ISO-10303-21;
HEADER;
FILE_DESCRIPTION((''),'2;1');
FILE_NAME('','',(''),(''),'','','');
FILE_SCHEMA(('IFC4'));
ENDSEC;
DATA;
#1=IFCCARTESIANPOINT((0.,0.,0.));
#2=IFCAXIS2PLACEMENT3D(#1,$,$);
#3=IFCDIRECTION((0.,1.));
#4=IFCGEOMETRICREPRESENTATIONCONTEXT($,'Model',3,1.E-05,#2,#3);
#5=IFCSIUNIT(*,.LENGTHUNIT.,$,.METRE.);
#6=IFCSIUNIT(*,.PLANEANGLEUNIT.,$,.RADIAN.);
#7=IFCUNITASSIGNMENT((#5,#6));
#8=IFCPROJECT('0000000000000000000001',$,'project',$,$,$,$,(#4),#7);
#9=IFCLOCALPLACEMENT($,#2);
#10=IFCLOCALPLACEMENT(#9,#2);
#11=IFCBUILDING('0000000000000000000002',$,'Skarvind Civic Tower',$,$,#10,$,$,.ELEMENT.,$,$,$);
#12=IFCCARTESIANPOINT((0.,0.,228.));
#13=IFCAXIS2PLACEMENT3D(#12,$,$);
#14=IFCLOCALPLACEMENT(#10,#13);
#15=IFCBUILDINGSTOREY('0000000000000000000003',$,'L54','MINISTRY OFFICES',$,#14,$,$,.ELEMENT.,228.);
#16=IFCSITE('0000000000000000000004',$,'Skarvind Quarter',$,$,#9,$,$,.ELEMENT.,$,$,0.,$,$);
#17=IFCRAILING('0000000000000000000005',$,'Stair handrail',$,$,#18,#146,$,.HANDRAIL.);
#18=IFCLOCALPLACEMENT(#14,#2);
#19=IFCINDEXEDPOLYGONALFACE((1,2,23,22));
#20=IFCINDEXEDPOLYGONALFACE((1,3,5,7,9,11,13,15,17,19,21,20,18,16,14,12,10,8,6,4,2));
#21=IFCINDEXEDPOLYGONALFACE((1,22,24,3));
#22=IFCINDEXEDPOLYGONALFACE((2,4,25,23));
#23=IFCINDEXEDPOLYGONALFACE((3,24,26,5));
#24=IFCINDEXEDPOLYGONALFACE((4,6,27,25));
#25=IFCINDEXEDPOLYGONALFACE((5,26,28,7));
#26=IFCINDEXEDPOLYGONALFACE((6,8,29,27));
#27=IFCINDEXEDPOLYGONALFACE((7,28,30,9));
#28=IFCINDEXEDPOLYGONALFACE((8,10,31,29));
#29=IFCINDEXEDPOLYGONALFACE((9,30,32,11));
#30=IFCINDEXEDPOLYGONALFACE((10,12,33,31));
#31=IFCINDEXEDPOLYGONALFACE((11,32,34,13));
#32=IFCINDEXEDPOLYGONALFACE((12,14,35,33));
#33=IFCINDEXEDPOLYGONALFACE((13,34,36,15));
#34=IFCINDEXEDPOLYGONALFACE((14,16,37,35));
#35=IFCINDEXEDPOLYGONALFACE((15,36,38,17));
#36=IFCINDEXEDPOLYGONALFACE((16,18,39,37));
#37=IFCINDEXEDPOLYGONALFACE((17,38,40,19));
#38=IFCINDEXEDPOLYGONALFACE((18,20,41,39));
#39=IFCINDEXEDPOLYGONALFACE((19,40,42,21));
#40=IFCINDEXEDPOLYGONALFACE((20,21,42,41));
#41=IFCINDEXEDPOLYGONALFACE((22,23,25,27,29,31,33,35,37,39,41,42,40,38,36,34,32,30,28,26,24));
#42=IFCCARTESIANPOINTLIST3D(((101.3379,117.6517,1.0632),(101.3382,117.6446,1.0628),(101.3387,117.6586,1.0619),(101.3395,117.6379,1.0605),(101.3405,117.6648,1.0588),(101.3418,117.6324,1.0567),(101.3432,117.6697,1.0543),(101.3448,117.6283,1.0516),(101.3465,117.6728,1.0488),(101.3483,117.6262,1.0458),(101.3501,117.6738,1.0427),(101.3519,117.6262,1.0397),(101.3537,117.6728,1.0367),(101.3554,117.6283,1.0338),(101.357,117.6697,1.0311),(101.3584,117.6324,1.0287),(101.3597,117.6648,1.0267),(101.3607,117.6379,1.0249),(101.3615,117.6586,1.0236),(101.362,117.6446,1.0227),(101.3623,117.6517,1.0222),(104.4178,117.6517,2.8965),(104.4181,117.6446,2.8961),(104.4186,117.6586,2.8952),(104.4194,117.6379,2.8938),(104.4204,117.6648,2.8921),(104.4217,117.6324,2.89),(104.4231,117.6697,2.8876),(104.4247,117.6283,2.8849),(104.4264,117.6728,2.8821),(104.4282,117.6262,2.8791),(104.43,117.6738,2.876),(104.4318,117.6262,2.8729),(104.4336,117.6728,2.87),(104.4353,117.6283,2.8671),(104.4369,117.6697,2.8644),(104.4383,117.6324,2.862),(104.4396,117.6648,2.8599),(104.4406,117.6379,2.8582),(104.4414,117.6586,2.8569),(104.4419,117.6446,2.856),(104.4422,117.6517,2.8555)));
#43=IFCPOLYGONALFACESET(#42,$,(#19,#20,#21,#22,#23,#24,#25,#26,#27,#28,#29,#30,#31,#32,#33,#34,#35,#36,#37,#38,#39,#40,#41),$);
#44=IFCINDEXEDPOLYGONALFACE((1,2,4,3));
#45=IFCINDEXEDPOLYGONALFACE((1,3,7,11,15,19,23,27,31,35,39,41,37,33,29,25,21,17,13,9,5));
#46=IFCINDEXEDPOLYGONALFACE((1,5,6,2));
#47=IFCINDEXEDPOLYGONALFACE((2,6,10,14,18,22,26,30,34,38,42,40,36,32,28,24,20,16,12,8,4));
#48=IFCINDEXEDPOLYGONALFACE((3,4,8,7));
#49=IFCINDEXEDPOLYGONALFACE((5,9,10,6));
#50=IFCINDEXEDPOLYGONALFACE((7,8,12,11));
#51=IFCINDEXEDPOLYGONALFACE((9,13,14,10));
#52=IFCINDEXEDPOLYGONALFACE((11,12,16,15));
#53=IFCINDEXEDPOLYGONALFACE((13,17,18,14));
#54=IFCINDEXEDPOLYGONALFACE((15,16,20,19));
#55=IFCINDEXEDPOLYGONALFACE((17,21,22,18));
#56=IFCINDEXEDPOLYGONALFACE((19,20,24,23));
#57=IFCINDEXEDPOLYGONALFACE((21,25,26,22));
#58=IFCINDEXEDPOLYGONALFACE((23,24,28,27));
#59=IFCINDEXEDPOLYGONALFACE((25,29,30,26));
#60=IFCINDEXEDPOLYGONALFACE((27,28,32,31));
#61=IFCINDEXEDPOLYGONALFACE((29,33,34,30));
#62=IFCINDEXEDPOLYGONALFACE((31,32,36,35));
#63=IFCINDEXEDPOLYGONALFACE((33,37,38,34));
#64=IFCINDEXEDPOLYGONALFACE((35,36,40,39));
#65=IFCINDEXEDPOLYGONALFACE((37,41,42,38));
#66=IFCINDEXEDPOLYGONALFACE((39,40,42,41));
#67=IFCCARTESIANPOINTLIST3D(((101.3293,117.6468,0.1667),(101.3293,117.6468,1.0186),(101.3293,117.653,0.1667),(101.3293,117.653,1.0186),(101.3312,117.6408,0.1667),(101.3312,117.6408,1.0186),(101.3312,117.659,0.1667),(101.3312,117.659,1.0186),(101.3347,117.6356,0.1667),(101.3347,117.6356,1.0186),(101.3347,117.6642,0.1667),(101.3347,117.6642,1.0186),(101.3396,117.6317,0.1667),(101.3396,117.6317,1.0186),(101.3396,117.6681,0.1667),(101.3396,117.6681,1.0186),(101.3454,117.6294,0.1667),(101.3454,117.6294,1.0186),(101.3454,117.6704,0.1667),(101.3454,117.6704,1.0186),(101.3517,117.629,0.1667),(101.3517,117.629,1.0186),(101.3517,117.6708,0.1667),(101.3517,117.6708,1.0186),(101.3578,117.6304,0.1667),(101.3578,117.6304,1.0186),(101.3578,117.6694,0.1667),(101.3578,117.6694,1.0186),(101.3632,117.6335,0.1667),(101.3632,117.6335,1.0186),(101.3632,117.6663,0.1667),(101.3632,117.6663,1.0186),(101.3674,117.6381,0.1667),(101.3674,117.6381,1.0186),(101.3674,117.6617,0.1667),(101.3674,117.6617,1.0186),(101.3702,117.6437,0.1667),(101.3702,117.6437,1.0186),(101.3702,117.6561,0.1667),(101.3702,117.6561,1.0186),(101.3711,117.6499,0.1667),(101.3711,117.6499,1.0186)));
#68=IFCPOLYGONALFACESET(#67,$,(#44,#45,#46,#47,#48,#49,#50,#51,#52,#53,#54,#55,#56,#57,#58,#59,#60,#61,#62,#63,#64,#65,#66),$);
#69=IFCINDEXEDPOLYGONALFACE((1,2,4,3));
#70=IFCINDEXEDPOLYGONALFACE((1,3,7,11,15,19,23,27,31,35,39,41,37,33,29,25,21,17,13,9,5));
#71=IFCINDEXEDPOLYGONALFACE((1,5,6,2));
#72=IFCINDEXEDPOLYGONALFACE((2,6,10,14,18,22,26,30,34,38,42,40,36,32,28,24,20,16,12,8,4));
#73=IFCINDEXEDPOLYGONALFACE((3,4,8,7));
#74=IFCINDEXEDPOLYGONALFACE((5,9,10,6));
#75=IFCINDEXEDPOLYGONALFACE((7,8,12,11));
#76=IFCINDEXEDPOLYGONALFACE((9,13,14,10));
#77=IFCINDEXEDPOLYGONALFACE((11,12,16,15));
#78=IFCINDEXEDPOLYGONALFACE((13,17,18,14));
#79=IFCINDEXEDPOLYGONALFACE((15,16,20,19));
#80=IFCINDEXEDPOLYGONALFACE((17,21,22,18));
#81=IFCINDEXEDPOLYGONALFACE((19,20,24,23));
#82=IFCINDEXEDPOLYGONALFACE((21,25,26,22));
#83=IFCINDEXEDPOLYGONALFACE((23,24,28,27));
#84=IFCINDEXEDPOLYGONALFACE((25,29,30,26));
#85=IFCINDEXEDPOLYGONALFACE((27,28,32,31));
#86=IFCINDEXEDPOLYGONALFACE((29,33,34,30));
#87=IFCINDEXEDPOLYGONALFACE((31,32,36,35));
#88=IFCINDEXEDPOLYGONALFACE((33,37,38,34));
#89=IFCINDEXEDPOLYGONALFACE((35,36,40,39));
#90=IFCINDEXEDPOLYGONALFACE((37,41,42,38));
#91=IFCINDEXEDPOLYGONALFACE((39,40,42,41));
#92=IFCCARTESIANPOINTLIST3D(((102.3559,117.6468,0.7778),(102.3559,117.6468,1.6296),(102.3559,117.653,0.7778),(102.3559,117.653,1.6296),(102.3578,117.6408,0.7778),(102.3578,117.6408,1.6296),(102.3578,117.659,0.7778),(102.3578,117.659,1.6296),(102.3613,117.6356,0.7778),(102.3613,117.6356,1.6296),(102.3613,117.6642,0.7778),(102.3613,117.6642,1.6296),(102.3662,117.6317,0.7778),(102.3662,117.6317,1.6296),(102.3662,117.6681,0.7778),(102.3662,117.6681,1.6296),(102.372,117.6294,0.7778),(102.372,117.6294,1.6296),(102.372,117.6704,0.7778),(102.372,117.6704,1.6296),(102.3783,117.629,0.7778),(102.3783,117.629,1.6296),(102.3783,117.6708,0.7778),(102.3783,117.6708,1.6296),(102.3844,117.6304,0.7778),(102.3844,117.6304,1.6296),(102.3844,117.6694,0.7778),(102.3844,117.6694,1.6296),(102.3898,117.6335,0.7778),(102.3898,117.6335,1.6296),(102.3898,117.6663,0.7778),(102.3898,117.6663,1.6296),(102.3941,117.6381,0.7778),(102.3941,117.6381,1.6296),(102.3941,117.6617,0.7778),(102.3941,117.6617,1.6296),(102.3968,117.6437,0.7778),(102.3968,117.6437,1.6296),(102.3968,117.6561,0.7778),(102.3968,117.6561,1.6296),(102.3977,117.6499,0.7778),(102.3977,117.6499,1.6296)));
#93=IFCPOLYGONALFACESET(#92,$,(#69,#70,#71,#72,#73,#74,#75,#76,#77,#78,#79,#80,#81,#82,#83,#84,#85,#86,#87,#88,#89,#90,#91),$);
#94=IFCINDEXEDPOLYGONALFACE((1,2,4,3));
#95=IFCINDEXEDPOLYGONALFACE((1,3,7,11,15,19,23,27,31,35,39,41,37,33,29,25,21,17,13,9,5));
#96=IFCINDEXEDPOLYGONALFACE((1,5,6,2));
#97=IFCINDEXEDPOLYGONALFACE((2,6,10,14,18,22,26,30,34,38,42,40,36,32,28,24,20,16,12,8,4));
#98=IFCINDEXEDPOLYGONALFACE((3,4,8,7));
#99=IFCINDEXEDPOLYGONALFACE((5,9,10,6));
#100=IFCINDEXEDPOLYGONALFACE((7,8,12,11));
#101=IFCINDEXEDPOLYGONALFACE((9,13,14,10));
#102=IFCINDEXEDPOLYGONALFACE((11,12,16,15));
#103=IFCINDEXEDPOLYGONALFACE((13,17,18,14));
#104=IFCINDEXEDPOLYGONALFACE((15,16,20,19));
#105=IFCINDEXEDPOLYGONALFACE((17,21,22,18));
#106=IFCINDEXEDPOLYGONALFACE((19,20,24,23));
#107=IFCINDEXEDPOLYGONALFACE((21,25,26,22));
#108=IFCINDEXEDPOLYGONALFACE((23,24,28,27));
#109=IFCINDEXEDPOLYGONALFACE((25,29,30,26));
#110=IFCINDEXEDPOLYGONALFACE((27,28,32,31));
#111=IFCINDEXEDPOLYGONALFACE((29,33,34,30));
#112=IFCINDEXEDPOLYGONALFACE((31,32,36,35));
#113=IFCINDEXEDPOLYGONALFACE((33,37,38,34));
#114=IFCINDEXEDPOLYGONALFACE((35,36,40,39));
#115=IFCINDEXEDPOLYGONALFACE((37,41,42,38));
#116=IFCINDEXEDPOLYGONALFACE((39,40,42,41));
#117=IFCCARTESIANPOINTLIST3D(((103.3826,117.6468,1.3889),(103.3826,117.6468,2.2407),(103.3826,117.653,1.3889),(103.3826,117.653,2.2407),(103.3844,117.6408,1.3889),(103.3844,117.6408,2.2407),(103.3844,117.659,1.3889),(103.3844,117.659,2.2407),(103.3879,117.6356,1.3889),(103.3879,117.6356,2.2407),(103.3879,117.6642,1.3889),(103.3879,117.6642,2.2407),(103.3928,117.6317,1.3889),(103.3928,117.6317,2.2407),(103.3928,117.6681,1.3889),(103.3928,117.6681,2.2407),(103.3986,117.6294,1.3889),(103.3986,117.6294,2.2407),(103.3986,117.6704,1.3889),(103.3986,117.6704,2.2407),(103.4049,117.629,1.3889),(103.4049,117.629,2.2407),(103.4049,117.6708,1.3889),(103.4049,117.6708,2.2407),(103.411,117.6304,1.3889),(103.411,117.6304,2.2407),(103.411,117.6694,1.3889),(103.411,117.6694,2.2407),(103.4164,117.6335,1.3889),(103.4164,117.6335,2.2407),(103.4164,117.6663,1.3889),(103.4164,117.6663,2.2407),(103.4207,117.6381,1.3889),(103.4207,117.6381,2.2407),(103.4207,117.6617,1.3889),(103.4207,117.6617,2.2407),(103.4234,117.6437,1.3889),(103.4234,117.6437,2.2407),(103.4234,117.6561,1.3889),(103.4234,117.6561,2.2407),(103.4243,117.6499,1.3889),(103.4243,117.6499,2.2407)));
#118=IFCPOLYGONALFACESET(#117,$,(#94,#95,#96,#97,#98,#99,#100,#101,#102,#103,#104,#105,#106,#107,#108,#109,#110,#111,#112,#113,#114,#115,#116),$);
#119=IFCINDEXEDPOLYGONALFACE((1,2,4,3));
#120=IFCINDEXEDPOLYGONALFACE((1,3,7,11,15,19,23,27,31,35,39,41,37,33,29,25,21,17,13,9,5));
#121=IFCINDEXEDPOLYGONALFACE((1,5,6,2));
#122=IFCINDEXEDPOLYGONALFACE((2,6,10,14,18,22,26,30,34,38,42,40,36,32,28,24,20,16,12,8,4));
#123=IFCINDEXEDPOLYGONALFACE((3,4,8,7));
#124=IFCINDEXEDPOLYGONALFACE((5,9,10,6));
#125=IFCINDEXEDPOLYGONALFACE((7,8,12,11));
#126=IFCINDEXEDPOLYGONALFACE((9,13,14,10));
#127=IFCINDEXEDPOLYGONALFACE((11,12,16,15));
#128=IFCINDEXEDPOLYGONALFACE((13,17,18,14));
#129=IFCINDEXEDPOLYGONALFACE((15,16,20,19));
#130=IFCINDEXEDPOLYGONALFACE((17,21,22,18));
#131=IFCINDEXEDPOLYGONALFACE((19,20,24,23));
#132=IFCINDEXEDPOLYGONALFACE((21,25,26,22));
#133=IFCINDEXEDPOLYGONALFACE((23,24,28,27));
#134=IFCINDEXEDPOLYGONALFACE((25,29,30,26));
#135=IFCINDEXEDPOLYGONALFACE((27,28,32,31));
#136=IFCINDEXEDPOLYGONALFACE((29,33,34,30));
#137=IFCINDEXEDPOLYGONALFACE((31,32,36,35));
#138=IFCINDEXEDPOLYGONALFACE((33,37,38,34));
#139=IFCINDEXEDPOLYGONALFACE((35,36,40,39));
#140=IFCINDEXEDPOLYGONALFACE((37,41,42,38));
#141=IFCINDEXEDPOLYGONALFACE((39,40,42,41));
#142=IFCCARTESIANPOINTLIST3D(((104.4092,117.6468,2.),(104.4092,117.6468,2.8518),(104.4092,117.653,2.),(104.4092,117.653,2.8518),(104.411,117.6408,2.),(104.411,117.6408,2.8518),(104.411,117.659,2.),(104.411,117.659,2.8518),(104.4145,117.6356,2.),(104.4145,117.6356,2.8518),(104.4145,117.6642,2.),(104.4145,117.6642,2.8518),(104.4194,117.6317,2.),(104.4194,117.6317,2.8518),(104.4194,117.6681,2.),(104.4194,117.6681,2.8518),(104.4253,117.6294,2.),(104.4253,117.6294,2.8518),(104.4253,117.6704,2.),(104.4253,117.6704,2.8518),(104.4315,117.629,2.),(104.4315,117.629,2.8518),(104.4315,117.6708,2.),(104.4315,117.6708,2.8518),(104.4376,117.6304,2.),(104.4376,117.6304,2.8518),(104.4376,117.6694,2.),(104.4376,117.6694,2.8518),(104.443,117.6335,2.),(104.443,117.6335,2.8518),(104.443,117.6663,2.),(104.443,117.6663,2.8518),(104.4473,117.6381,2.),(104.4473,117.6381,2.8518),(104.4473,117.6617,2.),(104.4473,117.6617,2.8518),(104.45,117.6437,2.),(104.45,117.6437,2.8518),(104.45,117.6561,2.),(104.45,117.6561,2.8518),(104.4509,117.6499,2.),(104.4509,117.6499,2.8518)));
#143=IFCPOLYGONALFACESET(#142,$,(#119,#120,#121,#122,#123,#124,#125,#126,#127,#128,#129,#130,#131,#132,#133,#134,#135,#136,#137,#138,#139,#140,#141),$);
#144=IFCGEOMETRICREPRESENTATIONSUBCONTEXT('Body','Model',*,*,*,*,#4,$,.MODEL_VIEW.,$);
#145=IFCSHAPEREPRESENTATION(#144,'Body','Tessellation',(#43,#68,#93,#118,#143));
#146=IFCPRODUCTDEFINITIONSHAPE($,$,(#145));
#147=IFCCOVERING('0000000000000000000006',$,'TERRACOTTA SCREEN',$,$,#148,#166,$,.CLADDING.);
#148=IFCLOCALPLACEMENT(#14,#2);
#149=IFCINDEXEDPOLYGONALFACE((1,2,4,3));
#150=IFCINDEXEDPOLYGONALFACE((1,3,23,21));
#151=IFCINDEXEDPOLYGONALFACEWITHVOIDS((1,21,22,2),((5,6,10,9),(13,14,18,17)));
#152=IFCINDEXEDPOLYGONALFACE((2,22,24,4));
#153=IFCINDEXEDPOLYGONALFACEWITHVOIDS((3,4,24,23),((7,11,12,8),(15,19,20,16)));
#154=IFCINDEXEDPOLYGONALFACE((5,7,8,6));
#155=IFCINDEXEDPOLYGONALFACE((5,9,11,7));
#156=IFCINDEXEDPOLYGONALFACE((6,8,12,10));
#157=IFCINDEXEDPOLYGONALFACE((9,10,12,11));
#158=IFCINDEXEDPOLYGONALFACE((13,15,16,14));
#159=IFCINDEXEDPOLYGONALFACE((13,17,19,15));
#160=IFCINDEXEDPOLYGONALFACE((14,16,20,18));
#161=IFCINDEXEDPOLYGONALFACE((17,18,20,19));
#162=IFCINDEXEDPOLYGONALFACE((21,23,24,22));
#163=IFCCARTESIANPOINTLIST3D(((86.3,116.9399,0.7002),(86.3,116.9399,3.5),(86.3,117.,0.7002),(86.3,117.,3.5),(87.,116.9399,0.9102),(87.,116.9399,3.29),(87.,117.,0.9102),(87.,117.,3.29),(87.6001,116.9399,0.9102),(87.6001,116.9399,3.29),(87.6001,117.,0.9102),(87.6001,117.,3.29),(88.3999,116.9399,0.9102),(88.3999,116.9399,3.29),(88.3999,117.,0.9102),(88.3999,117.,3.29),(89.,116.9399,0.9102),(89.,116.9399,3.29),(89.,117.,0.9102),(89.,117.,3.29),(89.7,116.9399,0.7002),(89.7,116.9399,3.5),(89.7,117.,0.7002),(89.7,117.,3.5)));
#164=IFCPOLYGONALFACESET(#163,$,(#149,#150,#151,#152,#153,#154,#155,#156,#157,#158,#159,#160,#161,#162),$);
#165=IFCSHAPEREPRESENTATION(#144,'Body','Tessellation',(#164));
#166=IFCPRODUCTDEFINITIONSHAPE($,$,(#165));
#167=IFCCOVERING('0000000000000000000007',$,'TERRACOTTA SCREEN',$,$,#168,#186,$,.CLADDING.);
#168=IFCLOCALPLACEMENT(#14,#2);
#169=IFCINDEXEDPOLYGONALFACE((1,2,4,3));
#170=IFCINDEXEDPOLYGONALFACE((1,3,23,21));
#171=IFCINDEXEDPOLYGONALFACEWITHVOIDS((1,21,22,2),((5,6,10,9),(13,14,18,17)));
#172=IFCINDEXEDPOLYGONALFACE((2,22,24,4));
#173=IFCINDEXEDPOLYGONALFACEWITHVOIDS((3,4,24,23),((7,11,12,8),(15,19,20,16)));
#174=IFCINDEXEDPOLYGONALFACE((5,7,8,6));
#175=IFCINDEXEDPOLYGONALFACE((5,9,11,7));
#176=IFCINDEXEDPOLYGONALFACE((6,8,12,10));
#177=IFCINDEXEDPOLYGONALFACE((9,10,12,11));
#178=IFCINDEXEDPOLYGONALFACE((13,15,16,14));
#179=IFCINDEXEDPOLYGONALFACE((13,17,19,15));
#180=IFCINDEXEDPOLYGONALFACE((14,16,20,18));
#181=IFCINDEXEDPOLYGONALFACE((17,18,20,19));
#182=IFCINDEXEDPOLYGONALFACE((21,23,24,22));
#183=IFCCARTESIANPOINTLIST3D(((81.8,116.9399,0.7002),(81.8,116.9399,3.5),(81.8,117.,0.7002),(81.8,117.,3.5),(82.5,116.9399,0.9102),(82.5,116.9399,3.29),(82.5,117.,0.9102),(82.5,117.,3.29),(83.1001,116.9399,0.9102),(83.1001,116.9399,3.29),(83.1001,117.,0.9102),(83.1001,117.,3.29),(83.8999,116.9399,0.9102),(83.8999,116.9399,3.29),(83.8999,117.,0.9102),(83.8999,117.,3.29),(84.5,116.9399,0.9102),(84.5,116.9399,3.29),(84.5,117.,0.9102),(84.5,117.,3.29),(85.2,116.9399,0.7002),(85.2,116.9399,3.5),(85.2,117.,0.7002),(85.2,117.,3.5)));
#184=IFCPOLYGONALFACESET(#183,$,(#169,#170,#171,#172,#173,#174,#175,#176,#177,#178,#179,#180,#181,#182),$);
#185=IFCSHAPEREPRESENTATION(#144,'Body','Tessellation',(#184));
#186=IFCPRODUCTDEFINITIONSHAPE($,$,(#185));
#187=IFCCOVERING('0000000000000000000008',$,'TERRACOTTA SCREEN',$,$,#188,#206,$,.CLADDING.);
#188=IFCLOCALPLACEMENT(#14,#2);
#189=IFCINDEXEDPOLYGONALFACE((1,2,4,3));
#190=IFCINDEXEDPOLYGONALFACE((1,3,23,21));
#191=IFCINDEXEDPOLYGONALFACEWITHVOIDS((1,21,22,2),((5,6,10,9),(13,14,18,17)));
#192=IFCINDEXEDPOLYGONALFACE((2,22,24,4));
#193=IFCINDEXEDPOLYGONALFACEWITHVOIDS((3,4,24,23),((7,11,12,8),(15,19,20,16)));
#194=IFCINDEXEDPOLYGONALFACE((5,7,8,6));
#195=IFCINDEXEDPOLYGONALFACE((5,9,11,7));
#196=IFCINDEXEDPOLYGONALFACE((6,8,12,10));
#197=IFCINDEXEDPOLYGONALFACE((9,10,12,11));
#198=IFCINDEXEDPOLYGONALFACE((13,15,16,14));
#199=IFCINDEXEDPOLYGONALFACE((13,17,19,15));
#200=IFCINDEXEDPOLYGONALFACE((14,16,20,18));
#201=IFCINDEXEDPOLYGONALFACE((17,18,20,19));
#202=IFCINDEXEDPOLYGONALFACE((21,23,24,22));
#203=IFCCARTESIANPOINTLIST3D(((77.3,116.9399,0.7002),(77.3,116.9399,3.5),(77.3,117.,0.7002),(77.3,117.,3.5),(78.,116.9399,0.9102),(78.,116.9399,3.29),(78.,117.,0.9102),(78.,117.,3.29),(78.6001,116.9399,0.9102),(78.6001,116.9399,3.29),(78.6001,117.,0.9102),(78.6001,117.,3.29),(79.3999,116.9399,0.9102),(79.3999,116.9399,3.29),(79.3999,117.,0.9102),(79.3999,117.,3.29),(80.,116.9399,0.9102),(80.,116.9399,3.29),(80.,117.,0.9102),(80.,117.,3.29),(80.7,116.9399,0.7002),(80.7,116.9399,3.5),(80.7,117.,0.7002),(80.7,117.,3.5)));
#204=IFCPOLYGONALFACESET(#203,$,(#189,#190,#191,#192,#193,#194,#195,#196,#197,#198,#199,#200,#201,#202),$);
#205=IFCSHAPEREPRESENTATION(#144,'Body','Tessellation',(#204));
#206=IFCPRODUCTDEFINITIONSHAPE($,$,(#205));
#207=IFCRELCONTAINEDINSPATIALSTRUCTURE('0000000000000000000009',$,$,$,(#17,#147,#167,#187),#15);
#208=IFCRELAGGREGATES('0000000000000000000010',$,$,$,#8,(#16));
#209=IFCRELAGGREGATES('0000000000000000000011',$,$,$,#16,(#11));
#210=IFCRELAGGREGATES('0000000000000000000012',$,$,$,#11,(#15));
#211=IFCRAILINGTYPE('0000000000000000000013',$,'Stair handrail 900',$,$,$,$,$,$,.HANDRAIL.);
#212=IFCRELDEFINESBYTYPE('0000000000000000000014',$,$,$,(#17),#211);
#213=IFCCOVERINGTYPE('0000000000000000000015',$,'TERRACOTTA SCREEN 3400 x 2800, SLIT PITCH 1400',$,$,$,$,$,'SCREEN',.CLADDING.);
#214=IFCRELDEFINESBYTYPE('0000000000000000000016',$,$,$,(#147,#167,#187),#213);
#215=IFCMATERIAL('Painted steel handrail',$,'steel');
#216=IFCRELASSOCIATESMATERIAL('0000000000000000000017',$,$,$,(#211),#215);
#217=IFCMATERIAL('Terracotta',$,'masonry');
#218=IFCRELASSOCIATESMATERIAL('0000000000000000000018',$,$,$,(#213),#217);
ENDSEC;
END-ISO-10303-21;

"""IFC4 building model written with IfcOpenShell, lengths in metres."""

from ifc_helpers import new_model, si_unit, direction, frame, origin, origin_2d, place, context, subcontext, project, spatial, polyline, circle, outline, extrude, material, material_profile, profile_set, type_object, element, save


model = new_model("IFC4")

# Units and contexts
model_context = context("Model", 3, precision=1e-05, world=origin(), true_north=direction((0.0, 1.0)))
body_context = subcontext(model_context, "Body", "Model", "MODEL_VIEW")
ifc_project = project(units=[si_unit("LENGTHUNIT", "METRE"), si_unit("PLANEANGLEUNIT", "RADIAN")], contexts=[model_context])

# Site, building, storey
site_placement = place(None, origin())
site = spatial("IfcSite", under=ifc_project, at=site_placement, Name="Skarvind Quarter", CompositionType="ELEMENT", RefElevation=0.0)
building_placement = place(site_placement, origin())
building = spatial("IfcBuilding", under=site, at=building_placement, Name="Skarvind Civic Tower", CompositionType="ELEMENT")
storey_placement = place(building_placement, frame((0.0, 0.0, 228.0)))
storey = spatial("IfcBuildingStorey", under=building, at=storey_placement, Name="L54", Description="MINISTRY OFFICES", CompositionType="ELEMENT", Elevation=228.0)

# Railing
ifc_material_1 = material(Name="Painted steel handrail", Category="steel")
railing_type_1 = type_object("IfcRailingType", Name="Stair handrail 900", PredefinedType="HANDRAIL", material=ifc_material_1)
railing_1_placement = place(storey_placement, frame((101.3501, 117.6499, 0.1667)))
element("IfcRailing", 1, at=railing_1_placement, inside=storey, type_object=railing_type_1, Name="Stair handrail", PredefinedType="HANDRAIL", context=body_context, shape_type="SweptSolid", body=[
    extrude(circle(Radius=0.0239, at=origin_2d()), frame((0.0, 0.0, 0.876), z_axis=(0.859291, 0.0, 0.511487), x_axis=(0.0, 1.0, 0.0)), (0.0, 0.0, 1.0), 3.5842),
    extrude(circle(Radius=0.021, at=origin_2d()), origin(), (0.0, 0.0, 1.0), 0.8518),
    extrude(circle(Radius=0.021, at=origin_2d()), frame((1.0266, 0.0, 0.6111)), (0.0, 0.0, 1.0), 0.8518),
    extrude(circle(Radius=0.021, at=origin_2d()), frame((2.0532, 0.0, 1.2222)), (0.0, 0.0, 1.0), 0.8518),
    extrude(circle(Radius=0.021, at=origin_2d()), frame((3.0798, 0.0, 1.8333)), (0.0, 0.0, 1.0), 0.8518),
])

# Coverings
ifc_material_2 = material(Name="Terracotta", Category="masonry")
ifc_material_profile_1 = material_profile(ifc_material_2, outline(polyline([(-1.7, -1.3999), (1.7, -1.3999), (1.7, 1.3999), (-1.7, 1.3999), (-1.7, -1.3999)]), holes=[polyline([(-1.0, -1.1899), (-0.3999, -1.1899), (-0.3999, 1.1899), (-1.0, 1.1899), (-1.0, -1.1899)]), polyline([(0.3999, -1.1899), (1.0, -1.1899), (1.0, 1.1899), (0.3999, 1.1899), (0.3999, -1.1899)])]), Name="TERRACOTTA SCREEN 3400 x 2800, SLIT PITCH 1400")
ifc_profile_set_1 = profile_set([ifc_material_profile_1], Name="Terracotta")
covering_type = type_object("IfcCoveringType", Name="TERRACOTTA SCREEN 3400 x 2800, SLIT PITCH 1400", ElementType="SCREEN", PredefinedType="CLADDING", material=ifc_profile_set_1)
for number, where, z_axis, x_axis, name in (
    (2, (88.0, 117.0, 2.1001), (0.0, -1.0, 0.0), (1.0, 0.0, 0.0), "TERRACOTTA SCREEN"),
    (3, (83.5, 117.0, 2.1001), (0.0, -1.0, 0.0), (1.0, 0.0, 0.0), "TERRACOTTA SCREEN"),
    (4, (79.0, 117.0, 2.1001), (0.0, -1.0, 0.0), (1.0, 0.0, 0.0), "TERRACOTTA SCREEN"),
):
    element("IfcCovering", number, at=place(storey_placement, frame(where, z_axis=z_axis, x_axis=x_axis)), inside=storey, type_object=covering_type, Name=name, PredefinedType="CLADDING", context=body_context, shape_type="SweptSolid", body=[
        extrude(outline(polyline([(-1.7, -1.3999), (1.7, -1.3999), (1.7, 1.3999), (-1.7, 1.3999), (-1.7, -1.3999)]), holes=[polyline([(-1.0, -1.1899), (-0.3999, -1.1899), (-0.3999, 1.1899), (-1.0, 1.1899), (-1.0, -1.1899)]), polyline([(0.3999, -1.1899), (1.0, -1.1899), (1.0, 1.1899), (0.3999, 1.1899), (0.3999, -1.1899)])]), origin(), (0.0, 0.0, 1.0), 0.0601),
    ])

save(model, "model.ifc")
